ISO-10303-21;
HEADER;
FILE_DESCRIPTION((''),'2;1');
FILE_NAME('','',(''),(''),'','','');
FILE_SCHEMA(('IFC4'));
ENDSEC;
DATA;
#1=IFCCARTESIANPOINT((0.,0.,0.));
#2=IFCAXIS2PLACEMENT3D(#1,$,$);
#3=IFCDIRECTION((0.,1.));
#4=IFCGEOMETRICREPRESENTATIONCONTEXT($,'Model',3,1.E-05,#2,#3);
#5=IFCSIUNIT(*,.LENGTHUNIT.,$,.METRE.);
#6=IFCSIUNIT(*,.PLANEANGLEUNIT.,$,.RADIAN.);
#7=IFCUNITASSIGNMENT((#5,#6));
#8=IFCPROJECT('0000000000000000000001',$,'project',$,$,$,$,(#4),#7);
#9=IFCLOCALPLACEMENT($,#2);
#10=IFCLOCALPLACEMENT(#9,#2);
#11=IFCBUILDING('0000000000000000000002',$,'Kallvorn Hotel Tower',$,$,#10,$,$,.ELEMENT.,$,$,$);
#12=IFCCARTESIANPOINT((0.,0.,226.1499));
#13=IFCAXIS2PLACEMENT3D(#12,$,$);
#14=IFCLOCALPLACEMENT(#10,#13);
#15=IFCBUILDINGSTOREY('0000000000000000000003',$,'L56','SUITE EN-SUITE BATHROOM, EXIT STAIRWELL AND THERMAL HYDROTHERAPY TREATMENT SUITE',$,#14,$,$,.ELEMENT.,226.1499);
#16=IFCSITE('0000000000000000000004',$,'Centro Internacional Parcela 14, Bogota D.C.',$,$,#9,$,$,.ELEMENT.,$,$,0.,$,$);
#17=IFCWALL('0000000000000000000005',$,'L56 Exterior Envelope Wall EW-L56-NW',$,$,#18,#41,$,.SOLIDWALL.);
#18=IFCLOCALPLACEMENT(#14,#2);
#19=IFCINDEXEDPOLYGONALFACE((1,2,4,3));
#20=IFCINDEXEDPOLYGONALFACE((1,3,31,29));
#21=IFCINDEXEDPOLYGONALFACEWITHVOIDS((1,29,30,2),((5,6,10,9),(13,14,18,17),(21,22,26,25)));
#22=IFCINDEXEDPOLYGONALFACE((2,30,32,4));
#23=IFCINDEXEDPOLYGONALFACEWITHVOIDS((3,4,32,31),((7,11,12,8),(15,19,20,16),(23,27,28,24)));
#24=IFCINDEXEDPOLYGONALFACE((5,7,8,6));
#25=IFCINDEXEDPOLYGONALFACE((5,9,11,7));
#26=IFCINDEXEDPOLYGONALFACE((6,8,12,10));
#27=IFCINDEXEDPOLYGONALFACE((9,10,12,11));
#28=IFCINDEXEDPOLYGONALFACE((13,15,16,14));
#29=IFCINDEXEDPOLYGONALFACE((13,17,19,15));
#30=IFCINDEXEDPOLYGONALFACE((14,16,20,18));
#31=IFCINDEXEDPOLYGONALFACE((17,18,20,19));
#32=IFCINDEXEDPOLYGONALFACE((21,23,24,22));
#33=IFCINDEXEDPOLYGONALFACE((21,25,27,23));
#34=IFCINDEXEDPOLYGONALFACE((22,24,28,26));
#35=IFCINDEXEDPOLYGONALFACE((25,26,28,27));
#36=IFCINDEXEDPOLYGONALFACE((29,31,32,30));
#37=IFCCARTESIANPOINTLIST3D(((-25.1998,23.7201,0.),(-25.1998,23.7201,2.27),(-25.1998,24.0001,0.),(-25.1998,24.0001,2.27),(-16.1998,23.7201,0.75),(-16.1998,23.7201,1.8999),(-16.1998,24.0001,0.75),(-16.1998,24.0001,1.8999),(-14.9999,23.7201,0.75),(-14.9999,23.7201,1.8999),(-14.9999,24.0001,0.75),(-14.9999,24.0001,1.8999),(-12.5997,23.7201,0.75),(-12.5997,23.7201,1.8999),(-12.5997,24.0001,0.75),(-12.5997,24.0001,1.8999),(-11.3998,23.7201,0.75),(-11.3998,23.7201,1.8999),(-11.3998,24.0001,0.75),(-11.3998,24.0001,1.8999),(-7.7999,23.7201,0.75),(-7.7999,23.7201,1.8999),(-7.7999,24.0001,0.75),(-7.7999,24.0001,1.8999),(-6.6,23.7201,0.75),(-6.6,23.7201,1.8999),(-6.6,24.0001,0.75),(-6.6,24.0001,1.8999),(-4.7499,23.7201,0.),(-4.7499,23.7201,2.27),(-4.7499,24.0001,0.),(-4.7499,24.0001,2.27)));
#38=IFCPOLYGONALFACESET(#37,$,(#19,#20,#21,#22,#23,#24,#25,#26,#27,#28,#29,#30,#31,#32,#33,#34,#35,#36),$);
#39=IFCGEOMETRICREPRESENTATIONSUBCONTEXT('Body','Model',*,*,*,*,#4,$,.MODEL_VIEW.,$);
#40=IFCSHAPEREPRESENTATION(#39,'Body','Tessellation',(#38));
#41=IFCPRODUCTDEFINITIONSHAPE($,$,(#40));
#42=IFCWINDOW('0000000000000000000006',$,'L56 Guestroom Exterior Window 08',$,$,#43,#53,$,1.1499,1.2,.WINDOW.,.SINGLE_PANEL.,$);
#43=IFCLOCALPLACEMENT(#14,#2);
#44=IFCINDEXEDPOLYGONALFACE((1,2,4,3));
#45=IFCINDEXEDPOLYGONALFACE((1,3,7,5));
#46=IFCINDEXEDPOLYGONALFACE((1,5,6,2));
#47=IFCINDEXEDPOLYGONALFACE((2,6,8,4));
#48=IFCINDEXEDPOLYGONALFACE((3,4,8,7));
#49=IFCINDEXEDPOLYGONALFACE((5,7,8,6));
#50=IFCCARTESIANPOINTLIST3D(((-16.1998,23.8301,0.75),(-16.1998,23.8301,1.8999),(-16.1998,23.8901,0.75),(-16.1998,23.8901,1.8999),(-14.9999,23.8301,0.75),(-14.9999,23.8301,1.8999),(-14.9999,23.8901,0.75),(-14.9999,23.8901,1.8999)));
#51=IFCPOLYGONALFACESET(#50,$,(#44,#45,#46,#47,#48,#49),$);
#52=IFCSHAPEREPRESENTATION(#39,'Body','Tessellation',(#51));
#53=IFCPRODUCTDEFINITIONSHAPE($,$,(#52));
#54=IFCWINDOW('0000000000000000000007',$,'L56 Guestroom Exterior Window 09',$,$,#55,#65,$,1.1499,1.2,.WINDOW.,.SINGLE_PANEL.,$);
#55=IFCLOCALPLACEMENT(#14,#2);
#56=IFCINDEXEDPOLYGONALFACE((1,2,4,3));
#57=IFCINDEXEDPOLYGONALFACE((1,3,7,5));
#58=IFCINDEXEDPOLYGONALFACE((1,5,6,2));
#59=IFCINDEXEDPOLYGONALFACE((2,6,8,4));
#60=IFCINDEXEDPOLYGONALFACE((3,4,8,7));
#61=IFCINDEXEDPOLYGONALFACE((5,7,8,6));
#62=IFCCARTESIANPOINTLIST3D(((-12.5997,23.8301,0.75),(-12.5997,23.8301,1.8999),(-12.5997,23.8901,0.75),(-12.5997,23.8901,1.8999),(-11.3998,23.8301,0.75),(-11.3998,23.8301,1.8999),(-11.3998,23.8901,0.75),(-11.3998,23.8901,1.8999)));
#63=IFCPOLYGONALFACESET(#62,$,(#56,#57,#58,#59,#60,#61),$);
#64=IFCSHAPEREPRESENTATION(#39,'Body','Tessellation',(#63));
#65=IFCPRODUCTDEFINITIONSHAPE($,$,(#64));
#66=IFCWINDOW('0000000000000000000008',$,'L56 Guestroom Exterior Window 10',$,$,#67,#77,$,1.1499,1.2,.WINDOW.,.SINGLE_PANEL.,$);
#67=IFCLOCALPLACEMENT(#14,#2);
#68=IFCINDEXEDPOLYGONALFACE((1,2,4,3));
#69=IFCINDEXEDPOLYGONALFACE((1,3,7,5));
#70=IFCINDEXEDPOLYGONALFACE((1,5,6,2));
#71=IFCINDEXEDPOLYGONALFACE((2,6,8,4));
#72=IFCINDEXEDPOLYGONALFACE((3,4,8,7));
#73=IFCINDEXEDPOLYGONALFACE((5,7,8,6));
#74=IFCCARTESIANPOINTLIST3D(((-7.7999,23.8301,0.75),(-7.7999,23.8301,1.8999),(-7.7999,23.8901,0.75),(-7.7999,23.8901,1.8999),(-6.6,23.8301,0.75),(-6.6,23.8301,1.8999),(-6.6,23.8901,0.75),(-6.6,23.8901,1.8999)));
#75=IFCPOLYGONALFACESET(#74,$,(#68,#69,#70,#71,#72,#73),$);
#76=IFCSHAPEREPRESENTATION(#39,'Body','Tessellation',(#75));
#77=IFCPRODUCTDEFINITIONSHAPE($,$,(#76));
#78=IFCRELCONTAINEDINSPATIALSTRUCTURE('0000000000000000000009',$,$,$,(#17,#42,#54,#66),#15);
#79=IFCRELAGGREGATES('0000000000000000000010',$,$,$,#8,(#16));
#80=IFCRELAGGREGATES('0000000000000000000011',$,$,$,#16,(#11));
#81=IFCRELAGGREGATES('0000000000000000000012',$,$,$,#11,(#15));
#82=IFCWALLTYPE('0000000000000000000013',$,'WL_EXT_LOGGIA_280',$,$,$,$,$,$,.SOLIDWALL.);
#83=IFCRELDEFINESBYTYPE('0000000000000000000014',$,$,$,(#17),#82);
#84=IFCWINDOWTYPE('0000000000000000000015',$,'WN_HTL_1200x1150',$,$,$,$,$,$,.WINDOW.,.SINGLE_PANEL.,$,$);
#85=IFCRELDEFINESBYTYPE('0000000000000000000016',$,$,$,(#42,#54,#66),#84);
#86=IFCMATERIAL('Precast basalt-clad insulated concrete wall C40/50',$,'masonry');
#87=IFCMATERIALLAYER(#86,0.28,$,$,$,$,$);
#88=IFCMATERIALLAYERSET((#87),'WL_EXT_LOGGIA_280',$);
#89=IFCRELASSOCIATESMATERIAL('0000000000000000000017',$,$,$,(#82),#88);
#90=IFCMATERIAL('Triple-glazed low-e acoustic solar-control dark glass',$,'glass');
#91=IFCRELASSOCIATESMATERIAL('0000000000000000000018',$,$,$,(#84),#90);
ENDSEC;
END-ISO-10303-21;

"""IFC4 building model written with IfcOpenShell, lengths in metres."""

from ifc_helpers import new_model, si_unit, direction, frame, frame_2d, origin, place, context, subcontext, project, spatial, rectangle, extrude, material, layer, layer_set, type_object, element, fill, save


model = new_model("IFC4")

# Units and contexts
model_context = context("Model", 3, precision=1e-05, world=origin(), true_north=direction((0.0, 1.0)))
body_context = subcontext(model_context, "Body", "Model", "MODEL_VIEW")
ifc_project = project(units=[si_unit("LENGTHUNIT", "METRE"), si_unit("PLANEANGLEUNIT", "RADIAN")], contexts=[model_context])

# Site, building, storey
site_placement = place(None, origin())
site = spatial("IfcSite", under=ifc_project, at=site_placement, Name="Centro Internacional Parcela 14, Bogota D.C.", CompositionType="ELEMENT", RefElevation=0.0)
building_placement = place(site_placement, origin())
building = spatial("IfcBuilding", under=site, at=building_placement, Name="Kallvorn Hotel Tower", CompositionType="ELEMENT")
storey_placement = place(building_placement, frame((0.0, 0.0, 226.1499)))
storey = spatial("IfcBuildingStorey", under=building, at=storey_placement, Name="L56", Description="SUITE EN-SUITE BATHROOM, EXIT STAIRWELL AND THERMAL HYDROTHERAPY TREATMENT SUITE", CompositionType="ELEMENT", Elevation=226.1499)

# Shared definitions
ifc_material_1 = material(Name="Precast basalt-clad insulated concrete wall C40/50", Category="masonry")
ifc_layer_1 = layer(ifc_material_1, 0.28)
ifc_layer_set_1 = layer_set([ifc_layer_1], Name="WL_EXT_LOGGIA_280")
wall_type = type_object("IfcWallType", Name="WL_EXT_LOGGIA_280", PredefinedType="SOLIDWALL", material=ifc_layer_set_1)

# Wall, openings, windows
wall_1_placement = place(storey_placement, frame((-25.2, 23.8601, 0.0), z_axis=(0.0, 0.0, 1.0), x_axis=(1.0, 0.0, 0.0)))
wall_1 = element("IfcWall", 1, at=wall_1_placement, inside=storey, type_object=wall_type, Name="L56 Exterior Envelope Wall EW-L56-NW", PredefinedType="SOLIDWALL", context=body_context, shape_type="SweptSolid", body=[
    extrude(rectangle(XDim=20.45, YDim=0.28, at=frame_2d((10.2251, 0.0))), origin(), (0.0, 0.0, 1.0), 2.27),
])
opening_1_placement = place(wall_1_placement, frame((9.0, 0.0, 0.75)))
opening_1 = element("IfcOpeningElement", 2, at=opening_1_placement, cuts=wall_1, PredefinedType="OPENING", context=body_context, shape_type="SweptSolid", body=[
    extrude(rectangle(XDim=1.2, YDim=1.1499, at=frame_2d((0.6001, 0.575))), frame((0.0, 0.155, 0.0), z_axis=(0.0, -1.0, 0.0), x_axis=(1.0, 0.0, 0.0)), (0.0, 0.0, 1.0), 0.3101),
])
opening_2_placement = place(wall_1_placement, frame((12.6001, 0.0, 0.75)))
opening_2 = element("IfcOpeningElement", 3, at=opening_2_placement, cuts=wall_1, PredefinedType="OPENING", context=body_context, shape_type="SweptSolid", body=[
    extrude(rectangle(XDim=1.2, YDim=1.1499, at=frame_2d((0.6001, 0.575))), frame((0.0, 0.155, 0.0), z_axis=(0.0, -1.0, 0.0), x_axis=(1.0, 0.0, 0.0)), (0.0, 0.0, 1.0), 0.3101),
])
opening_3_placement = place(wall_1_placement, frame((17.3999, 0.0, 0.75)))
opening_3 = element("IfcOpeningElement", 4, at=opening_3_placement, cuts=wall_1, PredefinedType="OPENING", context=body_context, shape_type="SweptSolid", body=[
    extrude(rectangle(XDim=1.2, YDim=1.1499, at=frame_2d((0.6001, 0.575))), frame((0.0, 0.155, 0.0), z_axis=(0.0, -1.0, 0.0), x_axis=(1.0, 0.0, 0.0)), (0.0, 0.0, 1.0), 0.3101),
])
ifc_material_2 = material(Name="Triple-glazed low-e acoustic solar-control dark glass", Category="glass")
window_type = type_object("IfcWindowType", Name="WN_HTL_1200x1150", PartitioningType="SINGLE_PANEL", PredefinedType="WINDOW", material=ifc_material_2)
window_1_placement = place(opening_1_placement, origin())
window_1 = element("IfcWindow", 5, at=window_1_placement, inside=storey, type_object=window_type, Name="L56 Guestroom Exterior Window 08", OverallHeight=1.1499, OverallWidth=1.2, PartitioningType="SINGLE_PANEL", PredefinedType="WINDOW", context=body_context, shape_type="SweptSolid", body=[
    extrude(rectangle(XDim=1.2, YDim=1.1499, at=frame_2d((0.6001, 0.575))), frame((0.0, 0.03, 0.0), z_axis=(0.0, -1.0, 0.0), x_axis=(1.0, 0.0, 0.0)), (0.0, 0.0, 1.0), 0.0601),
])
fill(opening_1, window_1)
window_2_placement = place(opening_2_placement, origin())
window_2 = element("IfcWindow", 6, at=window_2_placement, inside=storey, type_object=window_type, Name="L56 Guestroom Exterior Window 09", OverallHeight=1.1499, OverallWidth=1.2, PartitioningType="SINGLE_PANEL", PredefinedType="WINDOW", context=body_context, shape_type="SweptSolid", body=[
    extrude(rectangle(XDim=1.2, YDim=1.1499, at=frame_2d((0.6001, 0.575))), frame((0.0, 0.03, 0.0), z_axis=(0.0, -1.0, 0.0), x_axis=(1.0, 0.0, 0.0)), (0.0, 0.0, 1.0), 0.0601),
])
fill(opening_2, window_2)
window_3_placement = place(opening_3_placement, origin())
window_3 = element("IfcWindow", 7, at=window_3_placement, inside=storey, type_object=window_type, Name="L56 Guestroom Exterior Window 10", OverallHeight=1.1499, OverallWidth=1.2, PartitioningType="SINGLE_PANEL", PredefinedType="WINDOW", context=body_context, shape_type="SweptSolid", body=[
    extrude(rectangle(XDim=1.2, YDim=1.1499, at=frame_2d((0.6001, 0.575))), frame((0.0, 0.03, 0.0), z_axis=(0.0, -1.0, 0.0), x_axis=(1.0, 0.0, 0.0)), (0.0, 0.0, 1.0), 0.0601),
])
fill(opening_3, window_3)

save(model, "model.ifc")
